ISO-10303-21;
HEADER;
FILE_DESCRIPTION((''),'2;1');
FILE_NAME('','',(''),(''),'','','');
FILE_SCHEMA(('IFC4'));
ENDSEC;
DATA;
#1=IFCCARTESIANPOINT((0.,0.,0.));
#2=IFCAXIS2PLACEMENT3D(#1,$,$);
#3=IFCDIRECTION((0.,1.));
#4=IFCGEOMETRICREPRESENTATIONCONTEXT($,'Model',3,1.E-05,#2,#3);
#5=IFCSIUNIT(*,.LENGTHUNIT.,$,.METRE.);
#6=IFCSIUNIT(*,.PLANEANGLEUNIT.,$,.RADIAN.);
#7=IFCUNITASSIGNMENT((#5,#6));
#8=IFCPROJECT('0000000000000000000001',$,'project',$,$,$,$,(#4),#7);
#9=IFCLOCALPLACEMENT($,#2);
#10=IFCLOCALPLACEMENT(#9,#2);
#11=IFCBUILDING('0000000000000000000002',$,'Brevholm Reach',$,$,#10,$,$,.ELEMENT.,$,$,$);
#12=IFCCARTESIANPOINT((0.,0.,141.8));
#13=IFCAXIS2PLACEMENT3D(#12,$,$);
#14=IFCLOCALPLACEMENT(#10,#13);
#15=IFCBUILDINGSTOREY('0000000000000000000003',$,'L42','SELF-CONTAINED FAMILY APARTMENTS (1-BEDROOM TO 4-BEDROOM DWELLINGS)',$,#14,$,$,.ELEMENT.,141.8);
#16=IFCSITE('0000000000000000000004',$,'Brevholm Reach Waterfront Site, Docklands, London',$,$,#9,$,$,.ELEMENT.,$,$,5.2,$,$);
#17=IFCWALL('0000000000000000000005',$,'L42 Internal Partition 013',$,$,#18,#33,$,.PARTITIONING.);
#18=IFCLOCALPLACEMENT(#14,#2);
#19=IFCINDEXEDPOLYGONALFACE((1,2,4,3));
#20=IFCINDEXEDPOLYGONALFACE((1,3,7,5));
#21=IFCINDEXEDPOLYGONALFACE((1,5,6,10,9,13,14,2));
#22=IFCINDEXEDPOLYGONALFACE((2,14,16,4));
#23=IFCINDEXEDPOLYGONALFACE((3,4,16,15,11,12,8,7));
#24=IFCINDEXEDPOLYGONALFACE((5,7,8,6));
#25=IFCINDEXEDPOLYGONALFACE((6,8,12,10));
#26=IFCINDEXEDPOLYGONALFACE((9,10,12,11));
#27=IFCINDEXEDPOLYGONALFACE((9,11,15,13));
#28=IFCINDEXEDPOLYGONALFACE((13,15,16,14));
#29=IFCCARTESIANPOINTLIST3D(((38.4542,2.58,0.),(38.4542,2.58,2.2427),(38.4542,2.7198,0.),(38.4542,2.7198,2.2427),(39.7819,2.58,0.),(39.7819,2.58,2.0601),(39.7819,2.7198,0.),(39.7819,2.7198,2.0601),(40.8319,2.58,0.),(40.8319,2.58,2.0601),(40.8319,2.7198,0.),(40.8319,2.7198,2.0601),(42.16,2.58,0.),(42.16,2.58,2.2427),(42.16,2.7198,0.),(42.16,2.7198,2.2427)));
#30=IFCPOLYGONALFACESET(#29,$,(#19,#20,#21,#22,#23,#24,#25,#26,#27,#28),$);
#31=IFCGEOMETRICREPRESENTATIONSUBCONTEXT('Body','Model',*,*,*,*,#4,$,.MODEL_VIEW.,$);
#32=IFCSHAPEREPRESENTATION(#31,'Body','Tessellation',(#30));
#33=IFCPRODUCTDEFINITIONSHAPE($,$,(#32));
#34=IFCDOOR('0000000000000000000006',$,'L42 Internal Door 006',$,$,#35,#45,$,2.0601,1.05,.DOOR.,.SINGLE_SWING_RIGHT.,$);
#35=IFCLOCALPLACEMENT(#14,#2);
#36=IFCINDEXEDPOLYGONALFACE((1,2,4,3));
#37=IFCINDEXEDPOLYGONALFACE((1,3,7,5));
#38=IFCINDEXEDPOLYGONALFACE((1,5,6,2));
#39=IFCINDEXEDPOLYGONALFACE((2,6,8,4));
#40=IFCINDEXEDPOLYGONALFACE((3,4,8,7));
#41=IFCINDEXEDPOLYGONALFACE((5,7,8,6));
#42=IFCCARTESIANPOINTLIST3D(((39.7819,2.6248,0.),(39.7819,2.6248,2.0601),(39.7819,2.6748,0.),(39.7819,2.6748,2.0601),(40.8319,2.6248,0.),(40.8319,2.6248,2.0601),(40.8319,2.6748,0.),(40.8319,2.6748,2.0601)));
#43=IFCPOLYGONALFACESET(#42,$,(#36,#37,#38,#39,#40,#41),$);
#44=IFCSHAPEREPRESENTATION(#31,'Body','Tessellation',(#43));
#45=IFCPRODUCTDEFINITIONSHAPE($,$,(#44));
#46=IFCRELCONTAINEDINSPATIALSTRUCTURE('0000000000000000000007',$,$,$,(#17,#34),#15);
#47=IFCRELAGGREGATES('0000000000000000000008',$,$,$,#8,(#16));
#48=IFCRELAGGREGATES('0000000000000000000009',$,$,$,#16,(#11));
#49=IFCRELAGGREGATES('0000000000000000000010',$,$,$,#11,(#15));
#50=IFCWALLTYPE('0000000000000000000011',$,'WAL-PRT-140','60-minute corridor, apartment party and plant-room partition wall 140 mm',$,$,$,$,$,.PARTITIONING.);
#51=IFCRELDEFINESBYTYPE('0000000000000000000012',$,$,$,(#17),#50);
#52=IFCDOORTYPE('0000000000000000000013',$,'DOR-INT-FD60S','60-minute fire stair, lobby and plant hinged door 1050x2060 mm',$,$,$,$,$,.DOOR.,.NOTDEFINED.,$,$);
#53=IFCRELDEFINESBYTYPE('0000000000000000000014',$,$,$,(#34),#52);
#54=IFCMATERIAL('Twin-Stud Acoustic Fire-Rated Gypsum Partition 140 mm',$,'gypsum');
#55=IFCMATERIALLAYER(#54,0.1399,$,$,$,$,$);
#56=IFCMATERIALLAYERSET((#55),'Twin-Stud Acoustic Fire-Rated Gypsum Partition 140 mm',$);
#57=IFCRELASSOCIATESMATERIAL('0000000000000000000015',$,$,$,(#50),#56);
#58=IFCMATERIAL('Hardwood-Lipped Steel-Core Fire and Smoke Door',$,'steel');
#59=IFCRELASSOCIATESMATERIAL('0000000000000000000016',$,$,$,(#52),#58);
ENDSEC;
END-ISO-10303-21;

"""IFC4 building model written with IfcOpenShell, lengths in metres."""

from ifc_helpers import new_model, si_unit, direction, frame, frame_2d, origin, place, context, subcontext, project, spatial, rectangle, extrude, material, layer, layer_set, type_object, element, fill, save


model = new_model("IFC4")

# Units and contexts
model_context = context("Model", 3, precision=1e-05, world=origin(), true_north=direction((0.0, 1.0)))
body_context = subcontext(model_context, "Body", "Model", "MODEL_VIEW")
ifc_project = project(units=[si_unit("LENGTHUNIT", "METRE"), si_unit("PLANEANGLEUNIT", "RADIAN")], contexts=[model_context])

# Site, building, storey
site_placement = place(None, origin())
site = spatial("IfcSite", under=ifc_project, at=site_placement, Name="Brevholm Reach Waterfront Site, Docklands, London", CompositionType="ELEMENT", RefElevation=5.2)
building_placement = place(site_placement, origin())
building = spatial("IfcBuilding", under=site, at=building_placement, Name="Brevholm Reach", CompositionType="ELEMENT")
storey_placement = place(building_placement, frame((0.0, 0.0, 141.8)))
storey = spatial("IfcBuildingStorey", under=building, at=storey_placement, Name="L42", Description="SELF-CONTAINED FAMILY APARTMENTS (1-BEDROOM TO 4-BEDROOM DWELLINGS)", CompositionType="ELEMENT", Elevation=141.8)

# Shared definitions
ifc_material_1 = material(Name="Twin-Stud Acoustic Fire-Rated Gypsum Partition 140 mm", Category="gypsum")
ifc_layer_1 = layer(ifc_material_1, 0.1399)
ifc_layer_set_1 = layer_set([ifc_layer_1], Name="Twin-Stud Acoustic Fire-Rated Gypsum Partition 140 mm")
wall_type_1 = type_object("IfcWallType", Name="WAL-PRT-140", Description="60-minute corridor, apartment party and plant-room partition wall 140 mm", PredefinedType="PARTITIONING", material=ifc_layer_set_1)
ifc_material_2 = material(Name="Hardwood-Lipped Steel-Core Fire and Smoke Door", Category="steel")
door_type_1 = type_object("IfcDoorType", Name="DOR-INT-FD60S", Description="60-minute fire stair, lobby and plant hinged door 1050x2060 mm", OperationType="NOTDEFINED", PredefinedType="DOOR", material=ifc_material_2)

# Wall, opening, door
wall_1_placement = place(storey_placement, frame((38.4541, 2.6499, 0.0), z_axis=(0.0, 0.0, 1.0), x_axis=(1.0, 0.0, 0.0)))
wall_1 = element("IfcWall", 1, at=wall_1_placement, inside=storey, type_object=wall_type_1, Name="L42 Internal Partition 013", PredefinedType="PARTITIONING", context=body_context, shape_type="SweptSolid", body=[
    extrude(rectangle(XDim=3.7058, YDim=0.1399, at=frame_2d((1.853, 0.0))), origin(), (0.0, 0.0, 1.0), 2.2427),
])
opening_1_placement = place(wall_1_placement, frame((1.3279, 0.0, 0.0)))
opening_1 = element("IfcOpeningElement", 2, at=opening_1_placement, cuts=wall_1, PredefinedType="OPENING", context=body_context, shape_type="SweptSolid", body=[
    extrude(rectangle(XDim=1.05, YDim=2.0601, at=frame_2d((0.5249, 1.03))), frame((0.0, 0.0798, 0.0), z_axis=(0.0, -1.0, 0.0), x_axis=(1.0, 0.0, 0.0)), (0.0, 0.0, 1.0), 0.1599),
])
door_1_placement = place(opening_1_placement, origin())
door_1 = element("IfcDoor", 3, at=door_1_placement, inside=storey, type_object=door_type_1, Name="L42 Internal Door 006", OperationType="SINGLE_SWING_RIGHT", OverallHeight=2.0601, OverallWidth=1.05, PredefinedType="DOOR", context=body_context, shape_type="SweptSolid", body=[
    extrude(rectangle(XDim=1.05, YDim=2.0601, at=frame_2d((0.5249, 1.03))), frame((0.0, 0.0249, 0.0), z_axis=(0.0, -1.0, 0.0), x_axis=(1.0, 0.0, 0.0)), (0.0, 0.0, 1.0), 0.05),
])
fill(opening_1, door_1)

save(model, "model.ifc")
